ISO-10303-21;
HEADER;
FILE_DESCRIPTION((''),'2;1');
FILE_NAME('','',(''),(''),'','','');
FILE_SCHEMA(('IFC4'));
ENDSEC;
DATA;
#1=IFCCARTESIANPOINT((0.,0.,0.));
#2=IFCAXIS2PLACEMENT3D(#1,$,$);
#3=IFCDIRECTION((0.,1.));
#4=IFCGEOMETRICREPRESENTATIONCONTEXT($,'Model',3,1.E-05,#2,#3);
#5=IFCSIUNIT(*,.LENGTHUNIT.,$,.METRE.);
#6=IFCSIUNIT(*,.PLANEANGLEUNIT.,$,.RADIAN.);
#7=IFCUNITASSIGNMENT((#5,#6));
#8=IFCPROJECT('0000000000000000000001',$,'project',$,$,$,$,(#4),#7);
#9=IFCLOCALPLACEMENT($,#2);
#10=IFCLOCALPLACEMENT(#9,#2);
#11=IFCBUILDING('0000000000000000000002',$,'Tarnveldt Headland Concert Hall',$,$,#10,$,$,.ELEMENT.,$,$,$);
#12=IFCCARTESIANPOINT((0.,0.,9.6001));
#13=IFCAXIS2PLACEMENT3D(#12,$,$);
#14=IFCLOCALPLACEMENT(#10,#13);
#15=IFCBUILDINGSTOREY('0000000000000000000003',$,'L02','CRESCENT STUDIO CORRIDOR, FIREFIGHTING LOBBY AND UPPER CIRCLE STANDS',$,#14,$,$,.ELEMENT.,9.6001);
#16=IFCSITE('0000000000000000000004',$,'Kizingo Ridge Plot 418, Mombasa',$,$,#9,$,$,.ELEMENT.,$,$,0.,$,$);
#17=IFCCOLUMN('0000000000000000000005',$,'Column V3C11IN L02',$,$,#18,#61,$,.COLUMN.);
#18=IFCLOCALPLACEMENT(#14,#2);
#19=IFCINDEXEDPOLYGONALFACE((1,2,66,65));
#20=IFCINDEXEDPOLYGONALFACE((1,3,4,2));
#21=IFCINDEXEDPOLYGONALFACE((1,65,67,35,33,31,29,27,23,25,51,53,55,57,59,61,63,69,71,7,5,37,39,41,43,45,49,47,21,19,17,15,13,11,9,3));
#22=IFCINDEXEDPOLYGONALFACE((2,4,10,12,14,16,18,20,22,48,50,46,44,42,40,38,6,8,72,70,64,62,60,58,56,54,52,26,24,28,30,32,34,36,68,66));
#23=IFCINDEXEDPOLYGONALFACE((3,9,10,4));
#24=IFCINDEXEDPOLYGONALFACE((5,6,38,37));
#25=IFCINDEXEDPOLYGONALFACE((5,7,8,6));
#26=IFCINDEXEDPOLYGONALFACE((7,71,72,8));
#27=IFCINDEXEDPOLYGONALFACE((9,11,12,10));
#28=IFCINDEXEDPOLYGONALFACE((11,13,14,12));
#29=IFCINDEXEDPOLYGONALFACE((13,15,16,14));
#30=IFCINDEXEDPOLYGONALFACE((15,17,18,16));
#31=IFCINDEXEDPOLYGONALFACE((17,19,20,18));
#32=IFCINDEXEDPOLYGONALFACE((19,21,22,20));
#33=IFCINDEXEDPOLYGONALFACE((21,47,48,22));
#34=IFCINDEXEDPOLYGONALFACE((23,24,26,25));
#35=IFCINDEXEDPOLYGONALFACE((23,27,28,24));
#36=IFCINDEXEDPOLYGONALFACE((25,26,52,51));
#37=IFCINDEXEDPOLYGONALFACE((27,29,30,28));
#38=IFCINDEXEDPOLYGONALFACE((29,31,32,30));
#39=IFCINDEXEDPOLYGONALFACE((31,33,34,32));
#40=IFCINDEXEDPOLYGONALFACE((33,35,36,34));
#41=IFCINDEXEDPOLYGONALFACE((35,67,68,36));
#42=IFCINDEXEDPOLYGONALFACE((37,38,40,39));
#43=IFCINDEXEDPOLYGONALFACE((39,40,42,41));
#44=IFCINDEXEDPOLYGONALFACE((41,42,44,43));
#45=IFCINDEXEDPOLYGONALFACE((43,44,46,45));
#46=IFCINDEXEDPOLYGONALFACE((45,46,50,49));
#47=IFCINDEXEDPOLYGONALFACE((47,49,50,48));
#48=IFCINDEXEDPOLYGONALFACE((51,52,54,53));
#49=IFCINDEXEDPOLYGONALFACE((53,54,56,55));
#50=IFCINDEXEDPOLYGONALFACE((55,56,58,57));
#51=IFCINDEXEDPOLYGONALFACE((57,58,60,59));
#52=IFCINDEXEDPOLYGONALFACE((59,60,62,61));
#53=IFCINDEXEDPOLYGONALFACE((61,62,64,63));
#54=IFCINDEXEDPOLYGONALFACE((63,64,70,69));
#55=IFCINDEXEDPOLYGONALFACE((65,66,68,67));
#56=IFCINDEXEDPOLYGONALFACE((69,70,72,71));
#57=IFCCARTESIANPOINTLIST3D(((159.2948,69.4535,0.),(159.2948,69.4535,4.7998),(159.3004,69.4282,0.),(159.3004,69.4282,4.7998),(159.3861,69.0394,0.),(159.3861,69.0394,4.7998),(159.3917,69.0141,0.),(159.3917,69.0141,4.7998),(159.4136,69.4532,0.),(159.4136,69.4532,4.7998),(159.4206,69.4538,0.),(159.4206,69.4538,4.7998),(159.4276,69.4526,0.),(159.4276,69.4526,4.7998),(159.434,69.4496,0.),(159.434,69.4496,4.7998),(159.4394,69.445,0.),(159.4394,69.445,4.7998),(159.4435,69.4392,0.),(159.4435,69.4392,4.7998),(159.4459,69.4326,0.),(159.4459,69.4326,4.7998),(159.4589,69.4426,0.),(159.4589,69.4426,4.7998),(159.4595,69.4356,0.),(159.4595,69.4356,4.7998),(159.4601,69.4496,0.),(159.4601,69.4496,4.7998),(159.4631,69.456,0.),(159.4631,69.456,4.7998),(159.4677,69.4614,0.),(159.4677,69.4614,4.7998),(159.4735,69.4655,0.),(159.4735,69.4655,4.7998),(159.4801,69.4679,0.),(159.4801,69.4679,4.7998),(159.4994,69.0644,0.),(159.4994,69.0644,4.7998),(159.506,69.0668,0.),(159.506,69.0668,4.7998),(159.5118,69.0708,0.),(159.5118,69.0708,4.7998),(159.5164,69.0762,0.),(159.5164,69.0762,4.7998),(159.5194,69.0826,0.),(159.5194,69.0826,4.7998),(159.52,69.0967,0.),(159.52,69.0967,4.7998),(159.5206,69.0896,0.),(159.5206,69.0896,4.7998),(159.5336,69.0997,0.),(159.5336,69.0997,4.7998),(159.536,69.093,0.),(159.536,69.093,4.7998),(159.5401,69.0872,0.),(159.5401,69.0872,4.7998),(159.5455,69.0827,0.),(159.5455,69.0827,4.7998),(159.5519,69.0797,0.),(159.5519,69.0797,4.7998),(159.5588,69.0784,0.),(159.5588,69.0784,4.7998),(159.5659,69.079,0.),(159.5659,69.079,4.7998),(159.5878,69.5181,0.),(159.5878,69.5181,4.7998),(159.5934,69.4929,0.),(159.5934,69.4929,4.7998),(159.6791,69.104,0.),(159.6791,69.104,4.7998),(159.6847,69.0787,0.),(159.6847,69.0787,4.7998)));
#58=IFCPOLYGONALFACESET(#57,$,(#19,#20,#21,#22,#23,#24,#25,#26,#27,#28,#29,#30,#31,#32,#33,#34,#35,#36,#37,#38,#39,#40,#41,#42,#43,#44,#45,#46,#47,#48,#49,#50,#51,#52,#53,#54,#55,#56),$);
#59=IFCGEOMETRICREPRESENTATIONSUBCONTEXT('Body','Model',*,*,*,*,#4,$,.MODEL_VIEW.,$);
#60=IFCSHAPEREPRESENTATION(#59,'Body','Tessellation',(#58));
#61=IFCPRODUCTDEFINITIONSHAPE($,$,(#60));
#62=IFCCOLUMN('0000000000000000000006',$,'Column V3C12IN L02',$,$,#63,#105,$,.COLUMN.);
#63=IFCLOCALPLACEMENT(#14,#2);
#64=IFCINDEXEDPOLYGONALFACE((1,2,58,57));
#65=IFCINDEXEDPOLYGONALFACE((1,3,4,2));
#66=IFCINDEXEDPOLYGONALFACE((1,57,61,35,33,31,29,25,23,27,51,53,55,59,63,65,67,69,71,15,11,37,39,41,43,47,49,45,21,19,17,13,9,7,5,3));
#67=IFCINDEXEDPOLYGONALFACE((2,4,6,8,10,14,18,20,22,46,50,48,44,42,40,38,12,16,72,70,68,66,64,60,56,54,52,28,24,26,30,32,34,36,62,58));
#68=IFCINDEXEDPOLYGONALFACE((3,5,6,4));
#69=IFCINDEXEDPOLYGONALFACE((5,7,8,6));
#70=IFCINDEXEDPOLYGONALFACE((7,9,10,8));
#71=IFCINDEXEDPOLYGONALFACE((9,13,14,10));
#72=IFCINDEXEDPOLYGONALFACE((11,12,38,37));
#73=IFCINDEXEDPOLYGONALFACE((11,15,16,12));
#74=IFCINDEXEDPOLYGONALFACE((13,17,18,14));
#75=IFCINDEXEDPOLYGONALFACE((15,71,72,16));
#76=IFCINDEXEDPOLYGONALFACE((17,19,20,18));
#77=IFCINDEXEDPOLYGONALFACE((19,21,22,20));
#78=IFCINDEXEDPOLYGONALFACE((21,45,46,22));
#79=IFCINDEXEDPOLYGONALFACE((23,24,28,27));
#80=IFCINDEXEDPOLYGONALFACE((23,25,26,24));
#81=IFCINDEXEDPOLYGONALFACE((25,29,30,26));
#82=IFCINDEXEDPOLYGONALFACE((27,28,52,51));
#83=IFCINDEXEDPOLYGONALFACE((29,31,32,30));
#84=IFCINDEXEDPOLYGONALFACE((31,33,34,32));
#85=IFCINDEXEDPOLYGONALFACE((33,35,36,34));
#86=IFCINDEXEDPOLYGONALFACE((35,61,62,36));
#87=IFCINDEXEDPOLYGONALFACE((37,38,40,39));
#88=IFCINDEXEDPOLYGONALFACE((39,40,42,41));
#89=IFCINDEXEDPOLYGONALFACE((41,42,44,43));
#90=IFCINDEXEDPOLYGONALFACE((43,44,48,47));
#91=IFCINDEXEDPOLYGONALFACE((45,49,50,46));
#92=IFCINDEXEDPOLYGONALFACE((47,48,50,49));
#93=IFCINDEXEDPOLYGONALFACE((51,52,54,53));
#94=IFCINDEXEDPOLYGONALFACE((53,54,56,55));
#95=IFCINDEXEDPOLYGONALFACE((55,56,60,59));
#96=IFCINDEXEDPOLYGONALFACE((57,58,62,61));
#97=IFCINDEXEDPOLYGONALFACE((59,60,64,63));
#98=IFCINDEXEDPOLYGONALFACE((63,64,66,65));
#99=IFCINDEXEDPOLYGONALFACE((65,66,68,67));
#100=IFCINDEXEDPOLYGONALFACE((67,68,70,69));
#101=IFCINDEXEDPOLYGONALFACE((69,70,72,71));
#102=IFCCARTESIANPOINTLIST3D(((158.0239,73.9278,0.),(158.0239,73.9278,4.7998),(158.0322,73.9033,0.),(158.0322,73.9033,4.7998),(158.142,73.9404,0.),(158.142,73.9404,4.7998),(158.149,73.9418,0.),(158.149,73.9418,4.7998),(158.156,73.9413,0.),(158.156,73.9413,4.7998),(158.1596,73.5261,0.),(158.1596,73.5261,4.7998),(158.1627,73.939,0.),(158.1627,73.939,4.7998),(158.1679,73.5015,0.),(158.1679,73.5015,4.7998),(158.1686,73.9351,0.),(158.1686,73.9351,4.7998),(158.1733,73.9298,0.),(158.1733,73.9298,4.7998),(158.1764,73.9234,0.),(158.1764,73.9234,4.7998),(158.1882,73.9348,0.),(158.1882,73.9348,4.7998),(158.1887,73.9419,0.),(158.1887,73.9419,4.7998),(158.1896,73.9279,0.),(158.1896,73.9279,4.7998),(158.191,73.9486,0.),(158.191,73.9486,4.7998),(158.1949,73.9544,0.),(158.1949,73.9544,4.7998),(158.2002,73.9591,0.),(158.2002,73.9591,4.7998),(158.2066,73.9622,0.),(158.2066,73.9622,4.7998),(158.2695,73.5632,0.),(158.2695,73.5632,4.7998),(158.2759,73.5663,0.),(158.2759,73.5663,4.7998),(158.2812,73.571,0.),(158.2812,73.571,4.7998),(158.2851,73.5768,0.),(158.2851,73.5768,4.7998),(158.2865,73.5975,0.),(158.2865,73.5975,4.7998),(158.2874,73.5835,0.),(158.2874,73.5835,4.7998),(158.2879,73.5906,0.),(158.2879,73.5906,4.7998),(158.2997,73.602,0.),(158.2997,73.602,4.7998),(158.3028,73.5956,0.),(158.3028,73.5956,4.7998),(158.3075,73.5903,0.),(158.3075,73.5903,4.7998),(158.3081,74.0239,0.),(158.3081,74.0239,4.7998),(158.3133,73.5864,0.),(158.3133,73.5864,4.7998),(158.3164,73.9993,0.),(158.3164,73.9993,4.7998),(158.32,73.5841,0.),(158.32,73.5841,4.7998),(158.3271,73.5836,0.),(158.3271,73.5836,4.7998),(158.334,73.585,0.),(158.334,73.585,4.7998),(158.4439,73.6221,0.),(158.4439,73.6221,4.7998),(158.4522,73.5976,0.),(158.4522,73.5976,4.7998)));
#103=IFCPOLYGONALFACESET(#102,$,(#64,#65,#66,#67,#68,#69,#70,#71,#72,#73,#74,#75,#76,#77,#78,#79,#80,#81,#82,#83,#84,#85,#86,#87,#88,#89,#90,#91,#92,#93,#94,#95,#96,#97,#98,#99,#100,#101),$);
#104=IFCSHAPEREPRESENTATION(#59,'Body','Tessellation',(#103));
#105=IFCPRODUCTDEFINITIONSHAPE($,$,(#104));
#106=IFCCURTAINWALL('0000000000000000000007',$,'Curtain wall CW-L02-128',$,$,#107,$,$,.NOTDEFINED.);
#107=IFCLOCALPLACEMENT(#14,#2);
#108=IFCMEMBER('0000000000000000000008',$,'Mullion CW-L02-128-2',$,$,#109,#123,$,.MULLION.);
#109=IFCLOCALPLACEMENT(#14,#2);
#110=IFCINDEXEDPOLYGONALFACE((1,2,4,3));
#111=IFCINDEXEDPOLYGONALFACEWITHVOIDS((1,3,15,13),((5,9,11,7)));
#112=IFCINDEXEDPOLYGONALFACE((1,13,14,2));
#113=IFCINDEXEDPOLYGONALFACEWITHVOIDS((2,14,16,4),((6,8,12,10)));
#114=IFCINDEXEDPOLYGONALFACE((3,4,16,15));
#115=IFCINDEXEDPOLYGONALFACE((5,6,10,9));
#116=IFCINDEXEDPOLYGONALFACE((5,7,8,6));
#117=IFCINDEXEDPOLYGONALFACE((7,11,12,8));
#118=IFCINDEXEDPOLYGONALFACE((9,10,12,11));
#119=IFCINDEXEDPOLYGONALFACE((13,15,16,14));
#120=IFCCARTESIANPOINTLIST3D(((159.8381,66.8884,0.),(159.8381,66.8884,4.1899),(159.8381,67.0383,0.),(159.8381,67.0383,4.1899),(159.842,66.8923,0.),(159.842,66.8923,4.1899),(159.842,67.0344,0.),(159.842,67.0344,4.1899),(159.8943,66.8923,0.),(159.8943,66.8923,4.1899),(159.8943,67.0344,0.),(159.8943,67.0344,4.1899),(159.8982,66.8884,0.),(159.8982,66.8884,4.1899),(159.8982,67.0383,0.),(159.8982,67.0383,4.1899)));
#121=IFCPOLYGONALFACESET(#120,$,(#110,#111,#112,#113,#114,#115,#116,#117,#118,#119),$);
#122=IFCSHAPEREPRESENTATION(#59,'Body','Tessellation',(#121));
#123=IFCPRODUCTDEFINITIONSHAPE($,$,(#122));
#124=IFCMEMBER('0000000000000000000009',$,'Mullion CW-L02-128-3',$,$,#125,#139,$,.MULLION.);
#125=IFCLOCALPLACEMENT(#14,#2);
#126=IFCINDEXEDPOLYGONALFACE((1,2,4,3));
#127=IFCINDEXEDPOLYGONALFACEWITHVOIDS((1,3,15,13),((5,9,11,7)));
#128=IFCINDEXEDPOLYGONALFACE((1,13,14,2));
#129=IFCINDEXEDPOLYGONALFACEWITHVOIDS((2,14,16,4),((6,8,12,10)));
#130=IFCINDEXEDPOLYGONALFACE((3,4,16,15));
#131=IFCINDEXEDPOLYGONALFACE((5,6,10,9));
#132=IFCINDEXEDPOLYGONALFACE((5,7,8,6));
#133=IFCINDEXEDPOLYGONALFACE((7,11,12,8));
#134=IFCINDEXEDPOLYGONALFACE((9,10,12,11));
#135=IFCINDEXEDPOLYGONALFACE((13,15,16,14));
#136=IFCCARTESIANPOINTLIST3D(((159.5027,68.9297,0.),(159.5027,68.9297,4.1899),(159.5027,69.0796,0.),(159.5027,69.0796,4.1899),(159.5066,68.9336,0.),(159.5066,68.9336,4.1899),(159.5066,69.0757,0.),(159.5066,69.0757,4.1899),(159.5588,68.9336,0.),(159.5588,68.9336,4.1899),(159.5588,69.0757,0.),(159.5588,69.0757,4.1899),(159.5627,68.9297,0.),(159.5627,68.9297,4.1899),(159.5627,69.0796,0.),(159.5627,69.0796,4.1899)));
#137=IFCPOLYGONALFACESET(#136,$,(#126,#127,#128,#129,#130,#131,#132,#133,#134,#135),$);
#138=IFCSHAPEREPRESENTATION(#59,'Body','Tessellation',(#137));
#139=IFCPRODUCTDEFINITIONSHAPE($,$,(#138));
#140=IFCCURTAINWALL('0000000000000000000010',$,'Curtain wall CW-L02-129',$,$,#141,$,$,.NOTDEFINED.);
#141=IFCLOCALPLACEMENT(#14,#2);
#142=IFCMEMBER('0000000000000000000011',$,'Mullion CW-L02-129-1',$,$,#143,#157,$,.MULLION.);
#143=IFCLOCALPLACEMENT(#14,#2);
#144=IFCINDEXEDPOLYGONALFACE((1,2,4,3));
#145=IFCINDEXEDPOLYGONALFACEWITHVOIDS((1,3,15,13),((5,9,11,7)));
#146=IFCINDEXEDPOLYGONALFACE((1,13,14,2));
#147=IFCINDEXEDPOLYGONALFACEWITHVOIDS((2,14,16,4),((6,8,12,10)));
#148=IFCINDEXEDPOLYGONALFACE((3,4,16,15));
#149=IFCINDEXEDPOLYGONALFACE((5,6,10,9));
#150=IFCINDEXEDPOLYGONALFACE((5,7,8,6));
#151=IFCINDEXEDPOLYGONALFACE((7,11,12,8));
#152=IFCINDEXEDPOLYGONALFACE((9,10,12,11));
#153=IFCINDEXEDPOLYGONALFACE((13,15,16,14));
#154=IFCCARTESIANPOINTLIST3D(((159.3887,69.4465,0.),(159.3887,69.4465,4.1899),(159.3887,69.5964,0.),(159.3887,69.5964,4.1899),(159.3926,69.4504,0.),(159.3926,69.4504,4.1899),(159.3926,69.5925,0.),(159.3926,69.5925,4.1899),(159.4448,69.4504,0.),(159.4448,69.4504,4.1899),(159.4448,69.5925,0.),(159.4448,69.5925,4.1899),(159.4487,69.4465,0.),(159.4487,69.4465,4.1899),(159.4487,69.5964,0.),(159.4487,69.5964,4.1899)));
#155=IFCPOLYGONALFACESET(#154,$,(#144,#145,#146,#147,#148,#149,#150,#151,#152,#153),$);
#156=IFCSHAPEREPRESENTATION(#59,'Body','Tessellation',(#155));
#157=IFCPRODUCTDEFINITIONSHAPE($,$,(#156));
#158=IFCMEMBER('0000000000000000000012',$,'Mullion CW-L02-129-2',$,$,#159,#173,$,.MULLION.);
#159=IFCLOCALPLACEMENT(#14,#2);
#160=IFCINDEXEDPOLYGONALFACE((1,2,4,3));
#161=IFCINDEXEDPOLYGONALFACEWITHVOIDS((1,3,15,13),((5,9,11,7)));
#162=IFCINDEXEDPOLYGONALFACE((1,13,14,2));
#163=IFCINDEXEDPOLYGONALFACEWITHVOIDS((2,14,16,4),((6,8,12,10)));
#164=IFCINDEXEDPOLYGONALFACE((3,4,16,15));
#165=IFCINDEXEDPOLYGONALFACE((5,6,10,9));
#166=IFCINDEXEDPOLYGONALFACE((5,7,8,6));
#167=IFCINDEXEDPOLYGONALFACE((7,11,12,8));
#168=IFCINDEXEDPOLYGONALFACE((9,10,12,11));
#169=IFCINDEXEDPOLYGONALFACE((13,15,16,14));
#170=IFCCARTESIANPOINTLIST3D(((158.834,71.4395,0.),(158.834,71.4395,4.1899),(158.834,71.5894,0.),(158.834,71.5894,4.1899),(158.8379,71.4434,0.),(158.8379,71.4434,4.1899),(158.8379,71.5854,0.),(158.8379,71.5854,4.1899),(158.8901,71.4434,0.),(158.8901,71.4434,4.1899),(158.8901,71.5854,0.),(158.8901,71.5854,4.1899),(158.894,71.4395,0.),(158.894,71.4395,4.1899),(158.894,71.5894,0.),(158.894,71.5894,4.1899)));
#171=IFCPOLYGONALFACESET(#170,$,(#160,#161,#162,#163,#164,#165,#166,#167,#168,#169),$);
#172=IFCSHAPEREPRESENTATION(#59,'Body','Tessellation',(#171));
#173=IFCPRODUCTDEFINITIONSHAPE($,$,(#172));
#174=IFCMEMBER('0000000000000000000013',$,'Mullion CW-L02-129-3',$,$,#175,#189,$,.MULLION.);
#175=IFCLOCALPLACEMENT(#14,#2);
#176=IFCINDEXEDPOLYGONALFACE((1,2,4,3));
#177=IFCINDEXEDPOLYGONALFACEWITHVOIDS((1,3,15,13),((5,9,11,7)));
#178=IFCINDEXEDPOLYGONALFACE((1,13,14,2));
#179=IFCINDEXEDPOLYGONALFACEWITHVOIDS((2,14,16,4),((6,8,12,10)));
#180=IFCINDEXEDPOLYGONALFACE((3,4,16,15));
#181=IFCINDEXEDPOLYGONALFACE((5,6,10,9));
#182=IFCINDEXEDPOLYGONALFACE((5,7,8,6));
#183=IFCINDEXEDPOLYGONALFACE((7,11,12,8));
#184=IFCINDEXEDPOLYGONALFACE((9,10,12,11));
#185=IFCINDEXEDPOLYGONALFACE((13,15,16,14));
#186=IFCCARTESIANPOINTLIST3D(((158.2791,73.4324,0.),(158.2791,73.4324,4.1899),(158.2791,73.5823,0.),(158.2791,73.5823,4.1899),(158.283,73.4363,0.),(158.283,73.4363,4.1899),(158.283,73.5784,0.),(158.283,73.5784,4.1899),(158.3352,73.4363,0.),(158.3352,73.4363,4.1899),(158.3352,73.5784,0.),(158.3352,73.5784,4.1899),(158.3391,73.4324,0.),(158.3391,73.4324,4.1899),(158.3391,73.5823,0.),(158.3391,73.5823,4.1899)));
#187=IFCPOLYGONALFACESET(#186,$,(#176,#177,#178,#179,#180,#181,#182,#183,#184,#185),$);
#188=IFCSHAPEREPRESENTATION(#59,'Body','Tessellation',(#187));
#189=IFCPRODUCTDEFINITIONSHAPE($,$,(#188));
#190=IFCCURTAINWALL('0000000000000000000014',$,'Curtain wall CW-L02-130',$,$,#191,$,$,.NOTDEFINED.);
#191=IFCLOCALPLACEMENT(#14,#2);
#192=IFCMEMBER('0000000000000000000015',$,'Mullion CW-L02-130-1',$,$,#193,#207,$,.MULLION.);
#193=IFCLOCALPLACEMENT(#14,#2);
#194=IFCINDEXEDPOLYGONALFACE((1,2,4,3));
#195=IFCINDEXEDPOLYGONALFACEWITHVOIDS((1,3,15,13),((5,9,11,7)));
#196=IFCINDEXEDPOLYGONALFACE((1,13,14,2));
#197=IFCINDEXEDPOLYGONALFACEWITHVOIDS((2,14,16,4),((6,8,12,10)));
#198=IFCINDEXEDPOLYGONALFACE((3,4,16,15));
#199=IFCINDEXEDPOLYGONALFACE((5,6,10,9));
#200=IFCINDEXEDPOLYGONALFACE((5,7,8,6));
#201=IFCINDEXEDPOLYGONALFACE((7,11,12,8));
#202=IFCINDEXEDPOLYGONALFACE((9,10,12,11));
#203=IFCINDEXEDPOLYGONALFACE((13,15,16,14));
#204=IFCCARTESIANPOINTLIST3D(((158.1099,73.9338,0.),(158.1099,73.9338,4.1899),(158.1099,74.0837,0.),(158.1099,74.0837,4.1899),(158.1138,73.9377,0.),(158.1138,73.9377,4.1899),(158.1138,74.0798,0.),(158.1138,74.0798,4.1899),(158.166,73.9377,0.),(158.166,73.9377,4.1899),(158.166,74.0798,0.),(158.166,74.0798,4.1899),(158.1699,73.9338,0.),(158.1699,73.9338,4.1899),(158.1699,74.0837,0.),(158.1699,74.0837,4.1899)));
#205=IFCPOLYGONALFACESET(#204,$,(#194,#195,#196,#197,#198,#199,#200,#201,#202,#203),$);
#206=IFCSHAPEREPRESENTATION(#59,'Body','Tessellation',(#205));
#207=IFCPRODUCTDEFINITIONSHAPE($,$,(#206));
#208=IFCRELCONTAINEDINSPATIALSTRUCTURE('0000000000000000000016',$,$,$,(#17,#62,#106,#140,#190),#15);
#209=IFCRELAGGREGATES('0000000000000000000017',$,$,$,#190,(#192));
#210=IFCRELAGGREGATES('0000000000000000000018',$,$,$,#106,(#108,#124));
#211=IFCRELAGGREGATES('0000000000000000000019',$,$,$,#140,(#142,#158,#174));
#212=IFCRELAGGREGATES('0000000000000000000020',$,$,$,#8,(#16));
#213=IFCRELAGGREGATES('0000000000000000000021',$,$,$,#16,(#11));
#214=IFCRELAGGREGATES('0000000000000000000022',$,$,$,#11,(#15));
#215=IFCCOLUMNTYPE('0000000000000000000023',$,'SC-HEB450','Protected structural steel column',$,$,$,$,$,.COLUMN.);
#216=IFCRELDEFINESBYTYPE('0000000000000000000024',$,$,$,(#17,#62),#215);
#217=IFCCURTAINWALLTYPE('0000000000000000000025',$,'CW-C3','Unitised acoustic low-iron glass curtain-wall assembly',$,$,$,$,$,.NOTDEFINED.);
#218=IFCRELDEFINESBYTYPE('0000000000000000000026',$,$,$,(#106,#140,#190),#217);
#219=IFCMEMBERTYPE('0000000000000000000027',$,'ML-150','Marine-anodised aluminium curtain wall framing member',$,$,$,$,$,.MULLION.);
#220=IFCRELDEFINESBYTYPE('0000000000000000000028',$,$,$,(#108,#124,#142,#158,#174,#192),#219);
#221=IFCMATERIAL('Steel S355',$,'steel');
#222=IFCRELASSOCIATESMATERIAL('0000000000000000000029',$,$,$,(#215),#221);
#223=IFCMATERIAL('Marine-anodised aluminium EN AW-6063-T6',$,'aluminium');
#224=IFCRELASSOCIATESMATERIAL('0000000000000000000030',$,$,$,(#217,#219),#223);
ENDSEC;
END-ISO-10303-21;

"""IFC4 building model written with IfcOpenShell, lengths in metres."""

from ifc_helpers import new_model, si_unit, direction, frame, origin, origin_2d, place, context, subcontext, project, spatial, hollow_rectangle, i_section, extrude, material, material_profile, profile_set, type_object, element, aggregate, save


model = new_model("IFC4")

# Units and contexts
model_context = context("Model", 3, precision=1e-05, world=origin(), true_north=direction((0.0, 1.0)))
body_context = subcontext(model_context, "Body", "Model", "MODEL_VIEW")
ifc_project = project(units=[si_unit("LENGTHUNIT", "METRE"), si_unit("PLANEANGLEUNIT", "RADIAN")], contexts=[model_context])

# Site, building, storey
site_placement = place(None, origin())
site = spatial("IfcSite", under=ifc_project, at=site_placement, Name="Kizingo Ridge Plot 418, Mombasa", CompositionType="ELEMENT", RefElevation=0.0)
building_placement = place(site_placement, origin())
building = spatial("IfcBuilding", under=site, at=building_placement, Name="Tarnveldt Headland Concert Hall", CompositionType="ELEMENT")
storey_placement = place(building_placement, frame((0.0, 0.0, 9.6001)))
storey = spatial("IfcBuildingStorey", under=building, at=storey_placement, Name="L02", Description="CRESCENT STUDIO CORRIDOR, FIREFIGHTING LOBBY AND UPPER CIRCLE STANDS", CompositionType="ELEMENT", Elevation=9.6001)

# Columns
ifc_material_1 = material(Name="Steel S355", Category="steel")
ifc_material_profile_1 = material_profile(ifc_material_1, i_section(OverallWidth=0.3, OverallDepth=0.45, WebThickness=0.0139, FlangeThickness=0.0259, FilletRadius=0.0271, at=origin_2d()), Name="HEB450", Category="steel")
ifc_profile_set_1 = profile_set([ifc_material_profile_1], Name="Steel S355")
column_type = type_object("IfcColumnType", Name="SC-HEB450", Description="Protected structural steel column", PredefinedType="COLUMN", material=ifc_profile_set_1)
for number, where, z_axis, x_axis, name in (
    (1, (159.4897, 69.2661, 0.0), (0.0, 0.0, 1.0), (0.976522, 0.215417, 0.0), "Column V3C11IN L02"),
    (2, (158.238, 73.7627, 0.0), (0.0, 0.0, 1.0), (0.947378, 0.320117, 0.0), "Column V3C12IN L02"),
):
    element("IfcColumn", number, at=place(storey_placement, frame(where, z_axis=z_axis, x_axis=x_axis)), inside=storey, type_object=column_type, Name=name, PredefinedType="COLUMN", context=body_context, shape_type="SweptSolid", body=[
        extrude(i_section(OverallWidth=0.3, OverallDepth=0.45, WebThickness=0.0139, FlangeThickness=0.0259, FilletRadius=0.0271, at=origin_2d()), origin(), (0.0, 0.0, 1.0), 4.7998),
    ])

# Curtain walls, members
ifc_material_2 = material(Name="Marine-anodised aluminium EN AW-6063-T6", Category="aluminium")
curtain_wall_type = type_object("IfcCurtainWallType", Name="CW-C3", Description="Unitised acoustic low-iron glass curtain-wall assembly", PredefinedType="NOTDEFINED", material=ifc_material_2)
curtain_wall_1_placement = place(storey_placement, origin())
curtain_wall_1 = element("IfcCurtainWall", 3, at=curtain_wall_1_placement, inside=storey, type_object=curtain_wall_type, Name="Curtain wall CW-L02-128", PredefinedType="NOTDEFINED")
ifc_material_profile_2 = material_profile(ifc_material_2, hollow_rectangle(XDim=0.0601, YDim=0.1499, WallThickness=0.0039, at=origin_2d()), Name="ALU MULLION 60x150x4", Category="aluminium")
ifc_profile_set_2 = profile_set([ifc_material_profile_2], Name="Marine-anodised aluminium EN AW-6063-T6")
member_type_1 = type_object("IfcMemberType", Name="ML-150", Description="Marine-anodised aluminium curtain wall framing member", PredefinedType="MULLION", material=ifc_profile_set_2)
member_1_placement = place(storey_placement, frame((159.8682, 66.9634, 0.0), z_axis=(0.0, 0.0, 1.0), x_axis=(1.0, 0.0, 0.0)))
member_1 = element("IfcMember", 4, at=member_1_placement, type_object=member_type_1, Name="Mullion CW-L02-128-2", PredefinedType="MULLION", context=body_context, shape_type="SweptSolid", body=[
    extrude(hollow_rectangle(XDim=0.0601, YDim=0.1499, WallThickness=0.0039, at=origin_2d()), origin(), (0.0, 0.0, 1.0), 4.1899),
])
member_2_placement = place(storey_placement, frame((159.5327, 69.0046, 0.0), z_axis=(0.0, 0.0, 1.0), x_axis=(1.0, 0.0, 0.0)))
member_2 = element("IfcMember", 5, at=member_2_placement, type_object=member_type_1, Name="Mullion CW-L02-128-3", PredefinedType="MULLION", context=body_context, shape_type="SweptSolid", body=[
    extrude(hollow_rectangle(XDim=0.0601, YDim=0.1499, WallThickness=0.0039, at=origin_2d()), origin(), (0.0, 0.0, 1.0), 4.1899),
])
curtain_wall_2_placement = place(storey_placement, origin())
curtain_wall_2 = element("IfcCurtainWall", 6, at=curtain_wall_2_placement, inside=storey, type_object=curtain_wall_type, Name="Curtain wall CW-L02-129", PredefinedType="NOTDEFINED")
member_3_placement = place(storey_placement, frame((159.4187, 69.5215, 0.0), z_axis=(0.0, 0.0, 1.0), x_axis=(1.0, 0.0, 0.0)))
member_3 = element("IfcMember", 7, at=member_3_placement, type_object=member_type_1, Name="Mullion CW-L02-129-1", PredefinedType="MULLION", context=body_context, shape_type="SweptSolid", body=[
    extrude(hollow_rectangle(XDim=0.0601, YDim=0.1499, WallThickness=0.0039, at=origin_2d()), origin(), (0.0, 0.0, 1.0), 4.1899),
])
member_4_placement = place(storey_placement, frame((158.864, 71.5144, 0.0), z_axis=(0.0, 0.0, 1.0), x_axis=(1.0, 0.0, 0.0)))
member_4 = element("IfcMember", 8, at=member_4_placement, type_object=member_type_1, Name="Mullion CW-L02-129-2", PredefinedType="MULLION", context=body_context, shape_type="SweptSolid", body=[
    extrude(hollow_rectangle(XDim=0.0601, YDim=0.1499, WallThickness=0.0039, at=origin_2d()), origin(), (0.0, 0.0, 1.0), 4.1899),
])
member_5_placement = place(storey_placement, frame((158.3091, 73.5073, 0.0), z_axis=(0.0, 0.0, 1.0), x_axis=(1.0, 0.0, 0.0)))
member_5 = element("IfcMember", 9, at=member_5_placement, type_object=member_type_1, Name="Mullion CW-L02-129-3", PredefinedType="MULLION", context=body_context, shape_type="SweptSolid", body=[
    extrude(hollow_rectangle(XDim=0.0601, YDim=0.1499, WallThickness=0.0039, at=origin_2d()), origin(), (0.0, 0.0, 1.0), 4.1899),
])

# Curtain wall, member
curtain_wall_3_placement = place(storey_placement, origin())
curtain_wall_3 = element("IfcCurtainWall", 10, at=curtain_wall_3_placement, inside=storey, type_object=curtain_wall_type, Name="Curtain wall CW-L02-130", PredefinedType="NOTDEFINED")
member_6_placement = place(storey_placement, frame((158.1399, 74.0088, 0.0), z_axis=(0.0, 0.0, 1.0), x_axis=(1.0, 0.0, 0.0)))
member_6 = element("IfcMember", 11, at=member_6_placement, type_object=member_type_1, Name="Mullion CW-L02-130-1", PredefinedType="MULLION", context=body_context, shape_type="SweptSolid", body=[
    extrude(hollow_rectangle(XDim=0.0601, YDim=0.1499, WallThickness=0.0039, at=origin_2d()), origin(), (0.0, 0.0, 1.0), 4.1899),
])

aggregate(curtain_wall_3, [member_6])

aggregate(curtain_wall_1, [member_1, member_2])
aggregate(curtain_wall_2, [member_3, member_4, member_5])

save(model, "model.ifc")
